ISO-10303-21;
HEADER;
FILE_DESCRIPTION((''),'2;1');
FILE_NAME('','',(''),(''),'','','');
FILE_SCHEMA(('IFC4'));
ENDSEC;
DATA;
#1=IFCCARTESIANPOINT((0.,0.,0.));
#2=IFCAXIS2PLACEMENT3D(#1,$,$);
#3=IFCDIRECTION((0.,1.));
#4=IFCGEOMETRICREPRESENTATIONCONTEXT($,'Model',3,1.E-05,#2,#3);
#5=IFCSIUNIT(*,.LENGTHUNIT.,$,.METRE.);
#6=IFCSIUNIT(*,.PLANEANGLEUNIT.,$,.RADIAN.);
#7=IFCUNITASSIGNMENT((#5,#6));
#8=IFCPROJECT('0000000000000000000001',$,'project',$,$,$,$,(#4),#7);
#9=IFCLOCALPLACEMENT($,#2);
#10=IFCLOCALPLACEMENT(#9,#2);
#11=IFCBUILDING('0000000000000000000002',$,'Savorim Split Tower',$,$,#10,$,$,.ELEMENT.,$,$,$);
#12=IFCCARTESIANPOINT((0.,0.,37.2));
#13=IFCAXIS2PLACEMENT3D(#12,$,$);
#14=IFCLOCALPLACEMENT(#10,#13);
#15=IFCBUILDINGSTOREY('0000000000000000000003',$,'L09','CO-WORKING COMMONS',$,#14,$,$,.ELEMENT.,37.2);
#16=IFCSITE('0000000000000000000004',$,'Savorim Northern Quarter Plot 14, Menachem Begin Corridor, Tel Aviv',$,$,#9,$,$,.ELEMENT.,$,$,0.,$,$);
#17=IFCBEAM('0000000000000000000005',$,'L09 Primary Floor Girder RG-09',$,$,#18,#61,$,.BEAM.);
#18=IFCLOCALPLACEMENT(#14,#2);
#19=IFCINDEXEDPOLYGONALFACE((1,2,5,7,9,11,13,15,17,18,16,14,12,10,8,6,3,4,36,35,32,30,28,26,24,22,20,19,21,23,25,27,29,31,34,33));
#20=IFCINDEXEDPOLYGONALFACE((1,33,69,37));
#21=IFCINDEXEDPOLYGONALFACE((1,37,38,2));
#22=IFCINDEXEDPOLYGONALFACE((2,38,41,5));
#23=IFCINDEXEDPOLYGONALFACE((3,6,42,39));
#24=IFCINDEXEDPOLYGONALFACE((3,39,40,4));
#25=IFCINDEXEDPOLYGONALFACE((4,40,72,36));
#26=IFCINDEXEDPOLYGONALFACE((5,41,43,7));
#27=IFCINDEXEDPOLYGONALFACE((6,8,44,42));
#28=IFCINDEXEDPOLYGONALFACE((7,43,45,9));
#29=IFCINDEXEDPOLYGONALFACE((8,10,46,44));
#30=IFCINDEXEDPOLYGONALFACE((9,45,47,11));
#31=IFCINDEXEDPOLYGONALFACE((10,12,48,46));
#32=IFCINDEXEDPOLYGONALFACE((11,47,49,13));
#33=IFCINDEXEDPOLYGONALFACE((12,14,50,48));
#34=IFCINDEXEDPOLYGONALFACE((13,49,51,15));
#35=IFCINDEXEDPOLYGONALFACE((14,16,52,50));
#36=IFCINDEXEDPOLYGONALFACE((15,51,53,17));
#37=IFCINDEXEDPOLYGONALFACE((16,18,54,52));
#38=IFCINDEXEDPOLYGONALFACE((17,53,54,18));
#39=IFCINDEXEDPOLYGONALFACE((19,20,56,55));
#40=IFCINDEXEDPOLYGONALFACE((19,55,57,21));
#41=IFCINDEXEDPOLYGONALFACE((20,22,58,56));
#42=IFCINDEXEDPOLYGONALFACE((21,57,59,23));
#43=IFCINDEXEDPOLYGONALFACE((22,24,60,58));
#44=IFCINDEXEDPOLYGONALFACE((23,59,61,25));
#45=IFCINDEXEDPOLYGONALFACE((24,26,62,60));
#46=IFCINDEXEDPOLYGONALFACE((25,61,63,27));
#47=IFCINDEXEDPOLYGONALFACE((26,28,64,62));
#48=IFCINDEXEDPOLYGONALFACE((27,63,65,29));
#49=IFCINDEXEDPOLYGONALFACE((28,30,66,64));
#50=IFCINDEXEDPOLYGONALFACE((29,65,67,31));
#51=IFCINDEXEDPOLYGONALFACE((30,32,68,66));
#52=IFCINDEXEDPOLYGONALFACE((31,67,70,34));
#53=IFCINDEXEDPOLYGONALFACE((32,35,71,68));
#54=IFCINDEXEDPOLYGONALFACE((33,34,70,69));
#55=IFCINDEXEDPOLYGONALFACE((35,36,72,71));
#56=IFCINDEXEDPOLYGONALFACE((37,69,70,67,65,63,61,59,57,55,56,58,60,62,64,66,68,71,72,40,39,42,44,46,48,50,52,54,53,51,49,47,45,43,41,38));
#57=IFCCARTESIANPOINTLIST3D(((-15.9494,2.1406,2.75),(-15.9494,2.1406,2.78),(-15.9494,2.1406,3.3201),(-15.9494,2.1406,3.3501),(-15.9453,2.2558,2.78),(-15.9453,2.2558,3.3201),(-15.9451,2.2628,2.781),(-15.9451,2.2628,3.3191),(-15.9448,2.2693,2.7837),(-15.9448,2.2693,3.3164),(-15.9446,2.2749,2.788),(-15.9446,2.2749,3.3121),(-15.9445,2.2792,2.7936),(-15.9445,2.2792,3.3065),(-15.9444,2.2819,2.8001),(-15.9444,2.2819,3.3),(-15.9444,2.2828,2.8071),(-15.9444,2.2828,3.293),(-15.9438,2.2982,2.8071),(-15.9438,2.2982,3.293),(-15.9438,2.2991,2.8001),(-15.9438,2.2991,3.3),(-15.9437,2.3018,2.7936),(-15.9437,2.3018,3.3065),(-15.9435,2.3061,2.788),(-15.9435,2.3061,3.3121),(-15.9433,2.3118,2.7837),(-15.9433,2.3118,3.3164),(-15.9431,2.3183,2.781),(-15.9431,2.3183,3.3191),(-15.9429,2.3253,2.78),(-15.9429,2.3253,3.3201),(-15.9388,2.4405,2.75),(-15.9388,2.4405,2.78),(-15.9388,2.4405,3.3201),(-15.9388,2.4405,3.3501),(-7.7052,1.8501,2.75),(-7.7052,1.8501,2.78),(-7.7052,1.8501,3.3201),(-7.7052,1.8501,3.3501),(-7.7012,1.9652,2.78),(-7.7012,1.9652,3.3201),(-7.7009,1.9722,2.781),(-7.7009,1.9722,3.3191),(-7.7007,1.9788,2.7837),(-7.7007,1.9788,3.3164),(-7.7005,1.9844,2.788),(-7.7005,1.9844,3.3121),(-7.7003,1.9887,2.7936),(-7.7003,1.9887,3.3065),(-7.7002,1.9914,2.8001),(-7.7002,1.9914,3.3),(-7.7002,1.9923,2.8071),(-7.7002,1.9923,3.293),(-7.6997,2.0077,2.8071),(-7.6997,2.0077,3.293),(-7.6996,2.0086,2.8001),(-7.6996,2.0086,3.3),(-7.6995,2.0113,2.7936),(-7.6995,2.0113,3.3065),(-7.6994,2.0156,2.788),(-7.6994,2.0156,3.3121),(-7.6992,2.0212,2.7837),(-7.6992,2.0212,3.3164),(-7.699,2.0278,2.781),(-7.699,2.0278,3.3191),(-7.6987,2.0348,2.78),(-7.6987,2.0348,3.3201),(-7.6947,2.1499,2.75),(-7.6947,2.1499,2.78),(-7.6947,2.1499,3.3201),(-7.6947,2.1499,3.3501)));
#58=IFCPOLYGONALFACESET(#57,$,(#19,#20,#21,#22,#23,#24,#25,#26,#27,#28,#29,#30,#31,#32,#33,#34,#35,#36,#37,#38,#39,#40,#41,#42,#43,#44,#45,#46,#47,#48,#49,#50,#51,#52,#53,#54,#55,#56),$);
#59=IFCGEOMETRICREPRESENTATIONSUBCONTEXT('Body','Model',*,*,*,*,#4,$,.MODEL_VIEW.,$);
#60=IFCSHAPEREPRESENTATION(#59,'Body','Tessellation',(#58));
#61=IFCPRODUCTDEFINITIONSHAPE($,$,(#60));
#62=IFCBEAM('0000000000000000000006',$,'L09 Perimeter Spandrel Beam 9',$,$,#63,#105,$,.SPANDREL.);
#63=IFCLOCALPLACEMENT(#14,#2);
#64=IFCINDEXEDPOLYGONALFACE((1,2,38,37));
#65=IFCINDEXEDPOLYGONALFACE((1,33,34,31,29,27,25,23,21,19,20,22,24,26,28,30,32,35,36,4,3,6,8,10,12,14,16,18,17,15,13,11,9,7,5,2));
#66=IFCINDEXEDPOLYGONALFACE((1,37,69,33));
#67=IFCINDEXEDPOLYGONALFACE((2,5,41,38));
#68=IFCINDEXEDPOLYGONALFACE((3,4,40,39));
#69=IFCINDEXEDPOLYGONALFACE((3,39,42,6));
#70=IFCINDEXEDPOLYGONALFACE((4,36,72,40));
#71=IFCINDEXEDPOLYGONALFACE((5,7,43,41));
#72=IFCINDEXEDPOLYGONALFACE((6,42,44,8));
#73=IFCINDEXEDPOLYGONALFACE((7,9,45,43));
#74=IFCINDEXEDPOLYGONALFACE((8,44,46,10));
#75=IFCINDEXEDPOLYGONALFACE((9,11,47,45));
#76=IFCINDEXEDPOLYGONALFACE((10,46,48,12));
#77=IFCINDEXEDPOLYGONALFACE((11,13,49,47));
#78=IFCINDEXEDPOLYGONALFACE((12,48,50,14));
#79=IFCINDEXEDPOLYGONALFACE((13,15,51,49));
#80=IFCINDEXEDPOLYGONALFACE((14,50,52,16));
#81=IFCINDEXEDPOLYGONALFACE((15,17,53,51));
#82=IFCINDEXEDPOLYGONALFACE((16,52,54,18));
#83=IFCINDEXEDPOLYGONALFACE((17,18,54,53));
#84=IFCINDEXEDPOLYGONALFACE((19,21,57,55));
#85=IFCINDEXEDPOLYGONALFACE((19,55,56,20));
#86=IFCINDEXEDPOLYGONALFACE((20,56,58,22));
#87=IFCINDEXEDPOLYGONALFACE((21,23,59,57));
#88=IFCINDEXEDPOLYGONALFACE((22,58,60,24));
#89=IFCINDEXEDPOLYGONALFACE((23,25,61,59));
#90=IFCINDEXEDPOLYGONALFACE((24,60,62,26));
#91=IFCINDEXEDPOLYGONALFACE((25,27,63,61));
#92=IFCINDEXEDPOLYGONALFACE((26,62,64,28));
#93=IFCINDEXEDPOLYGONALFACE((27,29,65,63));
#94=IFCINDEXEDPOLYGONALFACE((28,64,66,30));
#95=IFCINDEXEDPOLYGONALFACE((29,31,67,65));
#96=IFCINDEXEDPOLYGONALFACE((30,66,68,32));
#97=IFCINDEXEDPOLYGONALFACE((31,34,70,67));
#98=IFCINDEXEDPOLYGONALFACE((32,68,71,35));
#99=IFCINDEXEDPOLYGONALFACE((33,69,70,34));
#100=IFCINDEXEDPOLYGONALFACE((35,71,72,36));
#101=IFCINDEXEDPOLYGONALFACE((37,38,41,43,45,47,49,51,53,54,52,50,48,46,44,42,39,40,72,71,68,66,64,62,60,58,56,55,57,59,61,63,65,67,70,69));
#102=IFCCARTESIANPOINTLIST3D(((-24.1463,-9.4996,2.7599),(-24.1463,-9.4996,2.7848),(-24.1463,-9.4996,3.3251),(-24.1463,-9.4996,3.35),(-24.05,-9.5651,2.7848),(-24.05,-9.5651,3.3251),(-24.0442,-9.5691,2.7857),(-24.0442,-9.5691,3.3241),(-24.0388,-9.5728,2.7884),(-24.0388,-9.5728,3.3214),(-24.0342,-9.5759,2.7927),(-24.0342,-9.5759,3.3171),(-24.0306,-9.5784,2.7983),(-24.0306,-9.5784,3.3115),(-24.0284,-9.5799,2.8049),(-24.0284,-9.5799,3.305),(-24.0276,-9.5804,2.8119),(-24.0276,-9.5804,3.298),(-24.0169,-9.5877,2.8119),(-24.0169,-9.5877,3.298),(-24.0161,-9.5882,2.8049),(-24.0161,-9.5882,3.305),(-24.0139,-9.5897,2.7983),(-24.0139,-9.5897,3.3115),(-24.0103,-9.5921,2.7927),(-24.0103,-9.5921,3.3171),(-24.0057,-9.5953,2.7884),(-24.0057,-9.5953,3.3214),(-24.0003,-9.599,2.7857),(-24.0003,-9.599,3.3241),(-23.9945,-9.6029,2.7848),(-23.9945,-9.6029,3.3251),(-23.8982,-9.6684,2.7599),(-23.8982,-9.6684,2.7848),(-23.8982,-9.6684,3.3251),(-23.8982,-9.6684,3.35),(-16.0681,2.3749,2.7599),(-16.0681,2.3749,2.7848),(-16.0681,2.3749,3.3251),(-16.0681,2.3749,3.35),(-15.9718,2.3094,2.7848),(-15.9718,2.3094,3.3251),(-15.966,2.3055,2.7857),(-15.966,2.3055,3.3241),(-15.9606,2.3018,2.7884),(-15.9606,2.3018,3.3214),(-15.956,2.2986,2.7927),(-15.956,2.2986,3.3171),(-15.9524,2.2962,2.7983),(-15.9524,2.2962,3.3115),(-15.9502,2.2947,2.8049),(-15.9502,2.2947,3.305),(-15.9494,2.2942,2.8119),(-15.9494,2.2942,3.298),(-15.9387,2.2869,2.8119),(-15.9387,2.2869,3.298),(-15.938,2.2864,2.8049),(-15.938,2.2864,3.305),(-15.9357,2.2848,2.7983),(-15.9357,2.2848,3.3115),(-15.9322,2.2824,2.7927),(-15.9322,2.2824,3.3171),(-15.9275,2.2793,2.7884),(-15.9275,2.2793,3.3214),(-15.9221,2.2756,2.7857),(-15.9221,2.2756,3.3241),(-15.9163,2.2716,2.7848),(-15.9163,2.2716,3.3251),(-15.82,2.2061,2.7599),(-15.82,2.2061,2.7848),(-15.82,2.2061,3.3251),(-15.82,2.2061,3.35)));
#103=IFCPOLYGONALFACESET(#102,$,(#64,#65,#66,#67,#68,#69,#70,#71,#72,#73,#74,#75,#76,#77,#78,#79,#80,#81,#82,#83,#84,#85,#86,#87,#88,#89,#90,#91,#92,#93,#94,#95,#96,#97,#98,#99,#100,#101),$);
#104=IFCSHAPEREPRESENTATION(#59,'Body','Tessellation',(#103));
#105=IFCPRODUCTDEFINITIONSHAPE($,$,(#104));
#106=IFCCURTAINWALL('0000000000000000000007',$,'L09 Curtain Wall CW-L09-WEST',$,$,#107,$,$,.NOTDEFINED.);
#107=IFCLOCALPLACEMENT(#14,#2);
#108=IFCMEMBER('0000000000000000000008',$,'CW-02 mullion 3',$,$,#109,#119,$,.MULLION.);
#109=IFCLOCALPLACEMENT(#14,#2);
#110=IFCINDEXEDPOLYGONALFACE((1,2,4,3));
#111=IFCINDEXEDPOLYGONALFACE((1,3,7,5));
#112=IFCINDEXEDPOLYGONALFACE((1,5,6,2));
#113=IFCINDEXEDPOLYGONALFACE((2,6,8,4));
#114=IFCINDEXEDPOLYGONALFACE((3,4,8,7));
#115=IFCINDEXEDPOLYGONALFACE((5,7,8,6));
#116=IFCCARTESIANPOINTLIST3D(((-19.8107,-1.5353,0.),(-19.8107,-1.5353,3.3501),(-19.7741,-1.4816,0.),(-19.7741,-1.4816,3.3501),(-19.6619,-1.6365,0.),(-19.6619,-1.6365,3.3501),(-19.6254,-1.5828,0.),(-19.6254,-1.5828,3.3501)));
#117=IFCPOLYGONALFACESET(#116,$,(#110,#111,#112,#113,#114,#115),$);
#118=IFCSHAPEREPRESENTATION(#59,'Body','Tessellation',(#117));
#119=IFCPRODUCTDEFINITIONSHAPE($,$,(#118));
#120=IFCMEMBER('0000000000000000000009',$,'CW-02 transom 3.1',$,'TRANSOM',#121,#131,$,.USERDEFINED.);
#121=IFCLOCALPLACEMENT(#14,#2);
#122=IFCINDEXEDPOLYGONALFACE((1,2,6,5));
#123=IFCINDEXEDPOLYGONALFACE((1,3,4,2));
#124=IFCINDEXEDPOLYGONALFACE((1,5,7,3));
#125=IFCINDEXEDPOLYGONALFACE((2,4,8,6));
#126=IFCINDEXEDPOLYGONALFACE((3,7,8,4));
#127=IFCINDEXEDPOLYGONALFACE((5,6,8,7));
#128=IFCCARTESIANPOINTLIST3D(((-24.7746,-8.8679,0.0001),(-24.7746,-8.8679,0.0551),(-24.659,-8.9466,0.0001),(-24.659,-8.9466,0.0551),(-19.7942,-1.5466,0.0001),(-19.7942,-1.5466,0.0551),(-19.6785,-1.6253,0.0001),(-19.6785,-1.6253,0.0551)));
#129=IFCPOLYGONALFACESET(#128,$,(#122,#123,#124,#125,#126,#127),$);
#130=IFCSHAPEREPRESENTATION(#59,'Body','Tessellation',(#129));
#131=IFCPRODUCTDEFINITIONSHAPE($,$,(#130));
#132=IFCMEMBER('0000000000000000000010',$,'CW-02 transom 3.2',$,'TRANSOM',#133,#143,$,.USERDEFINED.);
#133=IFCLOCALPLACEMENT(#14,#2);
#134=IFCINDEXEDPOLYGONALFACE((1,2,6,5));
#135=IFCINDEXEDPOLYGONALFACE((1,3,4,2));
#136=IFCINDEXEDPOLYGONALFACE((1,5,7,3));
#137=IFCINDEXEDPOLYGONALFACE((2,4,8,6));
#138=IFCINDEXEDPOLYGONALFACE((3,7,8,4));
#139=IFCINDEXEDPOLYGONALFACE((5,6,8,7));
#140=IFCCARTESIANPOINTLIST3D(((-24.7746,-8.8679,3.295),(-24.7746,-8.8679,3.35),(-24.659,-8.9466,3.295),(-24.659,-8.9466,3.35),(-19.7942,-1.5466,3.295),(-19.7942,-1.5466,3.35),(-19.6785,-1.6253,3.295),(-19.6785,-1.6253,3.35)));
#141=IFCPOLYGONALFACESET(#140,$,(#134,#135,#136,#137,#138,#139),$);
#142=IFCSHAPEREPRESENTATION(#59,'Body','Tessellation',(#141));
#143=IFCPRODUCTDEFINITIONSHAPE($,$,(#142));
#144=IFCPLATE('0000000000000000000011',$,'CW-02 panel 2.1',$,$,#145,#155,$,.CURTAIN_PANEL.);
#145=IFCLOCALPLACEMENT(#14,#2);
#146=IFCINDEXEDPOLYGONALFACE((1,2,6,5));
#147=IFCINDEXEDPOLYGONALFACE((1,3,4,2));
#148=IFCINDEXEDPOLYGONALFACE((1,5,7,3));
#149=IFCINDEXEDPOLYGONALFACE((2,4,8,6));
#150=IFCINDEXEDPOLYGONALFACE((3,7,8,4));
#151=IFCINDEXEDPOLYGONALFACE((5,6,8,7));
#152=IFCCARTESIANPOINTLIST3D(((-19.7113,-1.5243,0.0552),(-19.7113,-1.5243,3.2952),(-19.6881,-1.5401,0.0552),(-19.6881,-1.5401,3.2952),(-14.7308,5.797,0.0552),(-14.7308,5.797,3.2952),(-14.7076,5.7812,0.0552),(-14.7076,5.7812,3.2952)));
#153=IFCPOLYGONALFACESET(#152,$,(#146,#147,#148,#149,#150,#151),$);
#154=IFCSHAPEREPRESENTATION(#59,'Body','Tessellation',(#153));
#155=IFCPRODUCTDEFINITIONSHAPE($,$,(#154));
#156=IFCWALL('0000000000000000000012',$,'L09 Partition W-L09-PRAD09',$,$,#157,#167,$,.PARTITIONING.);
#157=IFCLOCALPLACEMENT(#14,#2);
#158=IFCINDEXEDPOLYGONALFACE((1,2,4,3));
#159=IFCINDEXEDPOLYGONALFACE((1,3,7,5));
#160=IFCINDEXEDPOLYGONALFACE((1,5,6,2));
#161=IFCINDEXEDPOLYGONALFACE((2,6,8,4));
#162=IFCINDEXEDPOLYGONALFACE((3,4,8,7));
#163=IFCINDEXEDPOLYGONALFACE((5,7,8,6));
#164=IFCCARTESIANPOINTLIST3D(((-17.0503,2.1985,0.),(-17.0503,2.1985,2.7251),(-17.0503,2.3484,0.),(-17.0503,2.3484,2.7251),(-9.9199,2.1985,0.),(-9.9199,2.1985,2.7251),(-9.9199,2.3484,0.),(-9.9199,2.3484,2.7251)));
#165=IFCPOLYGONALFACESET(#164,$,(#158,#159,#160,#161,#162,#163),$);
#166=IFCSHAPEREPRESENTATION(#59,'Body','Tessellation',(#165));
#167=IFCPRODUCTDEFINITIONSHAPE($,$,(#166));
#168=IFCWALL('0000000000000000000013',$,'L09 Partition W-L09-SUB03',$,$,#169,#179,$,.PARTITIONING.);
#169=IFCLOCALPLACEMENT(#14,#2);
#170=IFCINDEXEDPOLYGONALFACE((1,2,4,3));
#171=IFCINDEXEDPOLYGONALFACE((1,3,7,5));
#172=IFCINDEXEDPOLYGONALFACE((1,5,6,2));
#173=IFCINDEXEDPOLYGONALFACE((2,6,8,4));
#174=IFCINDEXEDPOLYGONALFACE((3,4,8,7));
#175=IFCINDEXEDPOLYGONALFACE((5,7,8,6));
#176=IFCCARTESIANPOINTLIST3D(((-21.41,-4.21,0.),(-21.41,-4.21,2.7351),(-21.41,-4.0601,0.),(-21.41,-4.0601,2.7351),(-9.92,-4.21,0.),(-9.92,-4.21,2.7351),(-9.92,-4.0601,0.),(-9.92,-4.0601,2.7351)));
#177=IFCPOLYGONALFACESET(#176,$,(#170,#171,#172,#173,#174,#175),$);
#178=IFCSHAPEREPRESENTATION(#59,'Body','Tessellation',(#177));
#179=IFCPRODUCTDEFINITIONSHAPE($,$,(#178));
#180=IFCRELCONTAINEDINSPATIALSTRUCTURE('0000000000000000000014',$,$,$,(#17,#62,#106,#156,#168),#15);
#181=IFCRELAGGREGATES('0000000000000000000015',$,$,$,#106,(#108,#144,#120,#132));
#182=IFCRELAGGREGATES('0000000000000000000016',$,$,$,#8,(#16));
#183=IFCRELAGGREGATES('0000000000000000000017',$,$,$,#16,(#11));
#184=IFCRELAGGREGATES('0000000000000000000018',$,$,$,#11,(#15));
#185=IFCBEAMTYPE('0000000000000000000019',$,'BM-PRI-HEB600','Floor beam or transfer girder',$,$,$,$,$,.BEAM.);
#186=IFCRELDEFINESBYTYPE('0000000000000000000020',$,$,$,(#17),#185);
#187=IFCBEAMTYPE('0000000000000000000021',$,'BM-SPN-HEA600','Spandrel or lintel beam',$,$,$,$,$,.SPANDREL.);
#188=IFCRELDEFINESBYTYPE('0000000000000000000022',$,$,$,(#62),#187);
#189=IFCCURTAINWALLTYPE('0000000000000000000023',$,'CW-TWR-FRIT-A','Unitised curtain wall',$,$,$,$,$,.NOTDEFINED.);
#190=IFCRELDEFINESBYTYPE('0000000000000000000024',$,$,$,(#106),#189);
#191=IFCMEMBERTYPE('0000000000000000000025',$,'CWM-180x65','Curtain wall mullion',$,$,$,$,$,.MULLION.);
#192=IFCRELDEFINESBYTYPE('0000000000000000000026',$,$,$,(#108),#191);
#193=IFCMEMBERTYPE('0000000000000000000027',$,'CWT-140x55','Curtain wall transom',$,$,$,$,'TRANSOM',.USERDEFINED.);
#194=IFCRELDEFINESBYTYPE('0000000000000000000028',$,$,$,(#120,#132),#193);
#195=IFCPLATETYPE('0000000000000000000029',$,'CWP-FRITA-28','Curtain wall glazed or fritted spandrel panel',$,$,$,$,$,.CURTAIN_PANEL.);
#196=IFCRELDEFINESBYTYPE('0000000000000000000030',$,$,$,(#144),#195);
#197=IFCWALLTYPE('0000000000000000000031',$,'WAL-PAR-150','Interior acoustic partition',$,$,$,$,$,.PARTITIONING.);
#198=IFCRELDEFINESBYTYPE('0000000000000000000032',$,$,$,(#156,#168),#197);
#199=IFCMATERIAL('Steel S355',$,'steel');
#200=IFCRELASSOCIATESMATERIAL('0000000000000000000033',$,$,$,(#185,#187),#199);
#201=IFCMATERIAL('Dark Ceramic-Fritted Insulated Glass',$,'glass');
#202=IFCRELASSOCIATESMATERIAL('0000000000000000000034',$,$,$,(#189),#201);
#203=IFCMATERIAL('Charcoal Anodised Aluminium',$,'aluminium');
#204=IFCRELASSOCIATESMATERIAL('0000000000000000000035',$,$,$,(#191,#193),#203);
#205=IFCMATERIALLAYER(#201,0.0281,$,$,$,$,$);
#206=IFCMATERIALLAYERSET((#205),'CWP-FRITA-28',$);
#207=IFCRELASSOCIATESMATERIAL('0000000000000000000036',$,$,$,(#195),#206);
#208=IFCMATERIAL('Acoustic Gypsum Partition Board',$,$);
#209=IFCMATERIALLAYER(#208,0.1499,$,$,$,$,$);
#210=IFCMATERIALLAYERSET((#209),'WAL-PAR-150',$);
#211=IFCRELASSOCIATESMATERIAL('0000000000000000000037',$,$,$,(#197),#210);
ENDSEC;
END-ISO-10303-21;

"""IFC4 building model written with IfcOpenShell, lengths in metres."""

from ifc_helpers import new_model, si_unit, direction, frame, frame_2d, origin, origin_2d, place, context, subcontext, project, spatial, rectangle, i_section, extrude, material, layer, layer_set, material_profile, profile_set, type_object, element, aggregate, save


model = new_model("IFC4")

# Units and contexts
model_context = context("Model", 3, precision=1e-05, world=origin(), true_north=direction((0.0, 1.0)))
body_context = subcontext(model_context, "Body", "Model", "MODEL_VIEW")
ifc_project = project(units=[si_unit("LENGTHUNIT", "METRE"), si_unit("PLANEANGLEUNIT", "RADIAN")], contexts=[model_context])

# Site, building, storey
site_placement = place(None, origin())
site = spatial("IfcSite", under=ifc_project, at=site_placement, Name="Savorim Northern Quarter Plot 14, Menachem Begin Corridor, Tel Aviv", CompositionType="ELEMENT", RefElevation=0.0)
building_placement = place(site_placement, origin())
building = spatial("IfcBuilding", under=site, at=building_placement, Name="Savorim Split Tower", CompositionType="ELEMENT")
storey_placement = place(building_placement, frame((0.0, 0.0, 37.2)))
storey = spatial("IfcBuildingStorey", under=building, at=storey_placement, Name="L09", Description="CO-WORKING COMMONS", CompositionType="ELEMENT", Elevation=37.2)

# Beams
ifc_material_1 = material(Name="Steel S355", Category="steel")
ifc_material_profile_1 = material_profile(ifc_material_1, i_section(OverallWidth=0.3, OverallDepth=0.6001, WebThickness=0.0154, FlangeThickness=0.03, FilletRadius=0.0271, at=origin_2d()), Name="HEB 600")
ifc_profile_set_1 = profile_set([ifc_material_profile_1], Name="Steel S355")
beam_type_1 = type_object("IfcBeamType", Name="BM-PRI-HEB600", Description="Floor beam or transfer girder", PredefinedType="BEAM", material=ifc_profile_set_1)
beam_1_placement = place(storey_placement, frame((-15.9441, 2.2905, 3.05), z_axis=(0.99938, -0.035219, 0.0), x_axis=(0.035219, 0.99938, 0.0)))
element("IfcBeam", 1, at=beam_1_placement, inside=storey, type_object=beam_type_1, Name="L09 Primary Floor Girder RG-09", PredefinedType="BEAM", context=body_context, shape_type="SweptSolid", body=[
    extrude(i_section(OverallWidth=0.3, OverallDepth=0.6001, WebThickness=0.0154, FlangeThickness=0.03, FilletRadius=0.0271, at=origin_2d()), origin(), (0.0, 0.0, 1.0), 8.2493),
])
ifc_material_profile_2 = material_profile(ifc_material_1, i_section(OverallWidth=0.3, OverallDepth=0.5901, WebThickness=0.0129, FlangeThickness=0.0249, FilletRadius=0.0271, at=origin_2d()), Name="HEA 600")
ifc_profile_set_2 = profile_set([ifc_material_profile_2], Name="Steel S355")
beam_type_2 = type_object("IfcBeamType", Name="BM-SPN-HEA600", Description="Spandrel or lintel beam", PredefinedType="SPANDREL", material=ifc_profile_set_2)
beam_2_placement = place(storey_placement, frame((-15.9441, 2.2905, 3.0549), z_axis=(-0.562475, -0.826815, 0.0), x_axis=(0.826815, -0.562475, 0.0)))
element("IfcBeam", 2, at=beam_2_placement, inside=storey, type_object=beam_type_2, Name="L09 Perimeter Spandrel Beam 9", PredefinedType="SPANDREL", context=body_context, shape_type="SweptSolid", body=[
    extrude(i_section(OverallWidth=0.3, OverallDepth=0.5901, WebThickness=0.0129, FlangeThickness=0.0249, FilletRadius=0.0271, at=origin_2d()), origin(), (0.0, 0.0, 1.0), 14.3618),
])

# Curtain wall, members, plate
ifc_material_2 = material(Name="Dark Ceramic-Fritted Insulated Glass", Category="glass")
curtain_wall_type = type_object("IfcCurtainWallType", Name="CW-TWR-FRIT-A", Description="Unitised curtain wall", PredefinedType="NOTDEFINED", material=ifc_material_2)
curtain_wall_placement = place(storey_placement, origin())
curtain_wall = element("IfcCurtainWall", 3, at=curtain_wall_placement, inside=storey, type_object=curtain_wall_type, Name="L09 Curtain Wall CW-L09-WEST", PredefinedType="NOTDEFINED")
ifc_material_3 = material(Name="Charcoal Anodised Aluminium", Category="aluminium")
ifc_material_profile_3 = material_profile(ifc_material_3, rectangle(XDim=0.1799, YDim=0.0649, at=origin_2d()), Name="ALU-M 180x65")
ifc_profile_set_3 = profile_set([ifc_material_profile_3], Name="Charcoal Anodised Aluminium")
member_type_1 = type_object("IfcMemberType", Name="CWM-180x65", Description="Curtain wall mullion", PredefinedType="MULLION", material=ifc_profile_set_3)
member_1_placement = place(storey_placement, frame((-19.718, -1.5591, 0.0), z_axis=(0.0, 0.0, 1.0), x_axis=(0.826821, -0.562465, 0.0)))
member_1 = element("IfcMember", 4, at=member_1_placement, type_object=member_type_1, Name="CW-02 mullion 3", PredefinedType="MULLION", context=body_context, shape_type="SweptSolid", body=[
    extrude(rectangle(XDim=0.1799, YDim=0.0649, at=origin_2d()), origin(), (0.0, 0.0, 1.0), 3.3501),
])
ifc_material_profile_4 = material_profile(ifc_material_3, rectangle(XDim=0.1399, YDim=0.0549, at=origin_2d()), Name="ALU-T 140x55")
ifc_profile_set_4 = profile_set([ifc_material_profile_4], Name="Charcoal Anodised Aluminium")
member_type_2 = type_object("IfcMemberType", Name="CWT-140x55", Description="Curtain wall transom", ElementType="TRANSOM", PredefinedType="USERDEFINED", material=ifc_profile_set_4)
member_2_placement = place(storey_placement, frame((-19.7363, -1.5859, 0.0276), z_axis=(-0.562464, -0.826822, 0.0), x_axis=(0.826822, -0.562464, 0.0)))
member_2 = element("IfcMember", 5, at=member_2_placement, type_object=member_type_2, Name="CW-02 transom 3.1", ObjectType="TRANSOM", PredefinedType="USERDEFINED", context=body_context, shape_type="SweptSolid", body=[
    extrude(rectangle(XDim=0.1399, YDim=0.0549, at=origin_2d()), origin(), (0.0, 0.0, 1.0), 8.8547),
])
member_3_placement = place(storey_placement, frame((-19.7363, -1.5859, 3.3225), z_axis=(-0.562464, -0.826822, 0.0), x_axis=(0.826822, -0.562464, 0.0)))
member_3 = element("IfcMember", 6, at=member_3_placement, type_object=member_type_2, Name="CW-02 transom 3.2", ObjectType="TRANSOM", PredefinedType="USERDEFINED", context=body_context, shape_type="SweptSolid", body=[
    extrude(rectangle(XDim=0.1399, YDim=0.0549, at=origin_2d()), origin(), (0.0, 0.0, 1.0), 8.8547),
])
ifc_layer_1 = layer(ifc_material_2, 0.0281)
ifc_layer_set_1 = layer_set([ifc_layer_1], Name="CWP-FRITA-28")
plate_type = type_object("IfcPlateType", Name="CWP-FRITA-28", Description="Curtain wall glazed or fritted spandrel panel", PredefinedType="CURTAIN_PANEL", material=ifc_layer_set_1)
plate_placement = place(storey_placement, frame((-17.2095, 2.1284, 0.0552), z_axis=(0.0, 0.0, 1.0), x_axis=(-0.562465, -0.826821, 0.0)))
plate = element("IfcPlate", 7, at=plate_placement, type_object=plate_type, Name="CW-02 panel 2.1", PredefinedType="CURTAIN_PANEL", context=body_context, shape_type="SweptSolid", body=[
    extrude(rectangle(XDim=8.8547, YDim=0.0281, at=origin_2d()), origin(), (0.0, 0.0, 1.0), 3.24),
])
aggregate(curtain_wall, [member_1, plate, member_2, member_3])

# Walls
ifc_material_4 = material(Name="Acoustic Gypsum Partition Board")
ifc_layer_2 = layer(ifc_material_4, 0.1499)
ifc_layer_set_2 = layer_set([ifc_layer_2], Name="WAL-PAR-150")
wall_type_1 = type_object("IfcWallType", Name="WAL-PAR-150", Description="Interior acoustic partition", PredefinedType="PARTITIONING", material=ifc_layer_set_2)
wall_1_placement = place(storey_placement, frame((-9.9199, 2.2734, 0.0), z_axis=(0.0, 0.0, 1.0), x_axis=(-1.0, 0.0, 0.0)))
element("IfcWall", 8, at=wall_1_placement, inside=storey, type_object=wall_type_1, Name="L09 Partition W-L09-PRAD09", PredefinedType="PARTITIONING", context=body_context, shape_type="SweptSolid", body=[
    extrude(rectangle(XDim=7.1304, YDim=0.1499, at=frame_2d((3.5652, 0.0))), origin(), (0.0, 0.0, 1.0), 2.7251),
])
wall_2_placement = place(storey_placement, frame((-9.9199, -4.135, 0.0), z_axis=(0.0, 0.0, 1.0), x_axis=(-1.0, 0.0, 0.0)))
element("IfcWall", 9, at=wall_2_placement, inside=storey, type_object=wall_type_1, Name="L09 Partition W-L09-SUB03", PredefinedType="PARTITIONING", context=body_context, shape_type="SweptSolid", body=[
    extrude(rectangle(XDim=11.49, YDim=0.1499, at=frame_2d((5.7451, 0.0))), origin(), (0.0, 0.0, 1.0), 2.7351),
])

save(model, "model.ifc")
